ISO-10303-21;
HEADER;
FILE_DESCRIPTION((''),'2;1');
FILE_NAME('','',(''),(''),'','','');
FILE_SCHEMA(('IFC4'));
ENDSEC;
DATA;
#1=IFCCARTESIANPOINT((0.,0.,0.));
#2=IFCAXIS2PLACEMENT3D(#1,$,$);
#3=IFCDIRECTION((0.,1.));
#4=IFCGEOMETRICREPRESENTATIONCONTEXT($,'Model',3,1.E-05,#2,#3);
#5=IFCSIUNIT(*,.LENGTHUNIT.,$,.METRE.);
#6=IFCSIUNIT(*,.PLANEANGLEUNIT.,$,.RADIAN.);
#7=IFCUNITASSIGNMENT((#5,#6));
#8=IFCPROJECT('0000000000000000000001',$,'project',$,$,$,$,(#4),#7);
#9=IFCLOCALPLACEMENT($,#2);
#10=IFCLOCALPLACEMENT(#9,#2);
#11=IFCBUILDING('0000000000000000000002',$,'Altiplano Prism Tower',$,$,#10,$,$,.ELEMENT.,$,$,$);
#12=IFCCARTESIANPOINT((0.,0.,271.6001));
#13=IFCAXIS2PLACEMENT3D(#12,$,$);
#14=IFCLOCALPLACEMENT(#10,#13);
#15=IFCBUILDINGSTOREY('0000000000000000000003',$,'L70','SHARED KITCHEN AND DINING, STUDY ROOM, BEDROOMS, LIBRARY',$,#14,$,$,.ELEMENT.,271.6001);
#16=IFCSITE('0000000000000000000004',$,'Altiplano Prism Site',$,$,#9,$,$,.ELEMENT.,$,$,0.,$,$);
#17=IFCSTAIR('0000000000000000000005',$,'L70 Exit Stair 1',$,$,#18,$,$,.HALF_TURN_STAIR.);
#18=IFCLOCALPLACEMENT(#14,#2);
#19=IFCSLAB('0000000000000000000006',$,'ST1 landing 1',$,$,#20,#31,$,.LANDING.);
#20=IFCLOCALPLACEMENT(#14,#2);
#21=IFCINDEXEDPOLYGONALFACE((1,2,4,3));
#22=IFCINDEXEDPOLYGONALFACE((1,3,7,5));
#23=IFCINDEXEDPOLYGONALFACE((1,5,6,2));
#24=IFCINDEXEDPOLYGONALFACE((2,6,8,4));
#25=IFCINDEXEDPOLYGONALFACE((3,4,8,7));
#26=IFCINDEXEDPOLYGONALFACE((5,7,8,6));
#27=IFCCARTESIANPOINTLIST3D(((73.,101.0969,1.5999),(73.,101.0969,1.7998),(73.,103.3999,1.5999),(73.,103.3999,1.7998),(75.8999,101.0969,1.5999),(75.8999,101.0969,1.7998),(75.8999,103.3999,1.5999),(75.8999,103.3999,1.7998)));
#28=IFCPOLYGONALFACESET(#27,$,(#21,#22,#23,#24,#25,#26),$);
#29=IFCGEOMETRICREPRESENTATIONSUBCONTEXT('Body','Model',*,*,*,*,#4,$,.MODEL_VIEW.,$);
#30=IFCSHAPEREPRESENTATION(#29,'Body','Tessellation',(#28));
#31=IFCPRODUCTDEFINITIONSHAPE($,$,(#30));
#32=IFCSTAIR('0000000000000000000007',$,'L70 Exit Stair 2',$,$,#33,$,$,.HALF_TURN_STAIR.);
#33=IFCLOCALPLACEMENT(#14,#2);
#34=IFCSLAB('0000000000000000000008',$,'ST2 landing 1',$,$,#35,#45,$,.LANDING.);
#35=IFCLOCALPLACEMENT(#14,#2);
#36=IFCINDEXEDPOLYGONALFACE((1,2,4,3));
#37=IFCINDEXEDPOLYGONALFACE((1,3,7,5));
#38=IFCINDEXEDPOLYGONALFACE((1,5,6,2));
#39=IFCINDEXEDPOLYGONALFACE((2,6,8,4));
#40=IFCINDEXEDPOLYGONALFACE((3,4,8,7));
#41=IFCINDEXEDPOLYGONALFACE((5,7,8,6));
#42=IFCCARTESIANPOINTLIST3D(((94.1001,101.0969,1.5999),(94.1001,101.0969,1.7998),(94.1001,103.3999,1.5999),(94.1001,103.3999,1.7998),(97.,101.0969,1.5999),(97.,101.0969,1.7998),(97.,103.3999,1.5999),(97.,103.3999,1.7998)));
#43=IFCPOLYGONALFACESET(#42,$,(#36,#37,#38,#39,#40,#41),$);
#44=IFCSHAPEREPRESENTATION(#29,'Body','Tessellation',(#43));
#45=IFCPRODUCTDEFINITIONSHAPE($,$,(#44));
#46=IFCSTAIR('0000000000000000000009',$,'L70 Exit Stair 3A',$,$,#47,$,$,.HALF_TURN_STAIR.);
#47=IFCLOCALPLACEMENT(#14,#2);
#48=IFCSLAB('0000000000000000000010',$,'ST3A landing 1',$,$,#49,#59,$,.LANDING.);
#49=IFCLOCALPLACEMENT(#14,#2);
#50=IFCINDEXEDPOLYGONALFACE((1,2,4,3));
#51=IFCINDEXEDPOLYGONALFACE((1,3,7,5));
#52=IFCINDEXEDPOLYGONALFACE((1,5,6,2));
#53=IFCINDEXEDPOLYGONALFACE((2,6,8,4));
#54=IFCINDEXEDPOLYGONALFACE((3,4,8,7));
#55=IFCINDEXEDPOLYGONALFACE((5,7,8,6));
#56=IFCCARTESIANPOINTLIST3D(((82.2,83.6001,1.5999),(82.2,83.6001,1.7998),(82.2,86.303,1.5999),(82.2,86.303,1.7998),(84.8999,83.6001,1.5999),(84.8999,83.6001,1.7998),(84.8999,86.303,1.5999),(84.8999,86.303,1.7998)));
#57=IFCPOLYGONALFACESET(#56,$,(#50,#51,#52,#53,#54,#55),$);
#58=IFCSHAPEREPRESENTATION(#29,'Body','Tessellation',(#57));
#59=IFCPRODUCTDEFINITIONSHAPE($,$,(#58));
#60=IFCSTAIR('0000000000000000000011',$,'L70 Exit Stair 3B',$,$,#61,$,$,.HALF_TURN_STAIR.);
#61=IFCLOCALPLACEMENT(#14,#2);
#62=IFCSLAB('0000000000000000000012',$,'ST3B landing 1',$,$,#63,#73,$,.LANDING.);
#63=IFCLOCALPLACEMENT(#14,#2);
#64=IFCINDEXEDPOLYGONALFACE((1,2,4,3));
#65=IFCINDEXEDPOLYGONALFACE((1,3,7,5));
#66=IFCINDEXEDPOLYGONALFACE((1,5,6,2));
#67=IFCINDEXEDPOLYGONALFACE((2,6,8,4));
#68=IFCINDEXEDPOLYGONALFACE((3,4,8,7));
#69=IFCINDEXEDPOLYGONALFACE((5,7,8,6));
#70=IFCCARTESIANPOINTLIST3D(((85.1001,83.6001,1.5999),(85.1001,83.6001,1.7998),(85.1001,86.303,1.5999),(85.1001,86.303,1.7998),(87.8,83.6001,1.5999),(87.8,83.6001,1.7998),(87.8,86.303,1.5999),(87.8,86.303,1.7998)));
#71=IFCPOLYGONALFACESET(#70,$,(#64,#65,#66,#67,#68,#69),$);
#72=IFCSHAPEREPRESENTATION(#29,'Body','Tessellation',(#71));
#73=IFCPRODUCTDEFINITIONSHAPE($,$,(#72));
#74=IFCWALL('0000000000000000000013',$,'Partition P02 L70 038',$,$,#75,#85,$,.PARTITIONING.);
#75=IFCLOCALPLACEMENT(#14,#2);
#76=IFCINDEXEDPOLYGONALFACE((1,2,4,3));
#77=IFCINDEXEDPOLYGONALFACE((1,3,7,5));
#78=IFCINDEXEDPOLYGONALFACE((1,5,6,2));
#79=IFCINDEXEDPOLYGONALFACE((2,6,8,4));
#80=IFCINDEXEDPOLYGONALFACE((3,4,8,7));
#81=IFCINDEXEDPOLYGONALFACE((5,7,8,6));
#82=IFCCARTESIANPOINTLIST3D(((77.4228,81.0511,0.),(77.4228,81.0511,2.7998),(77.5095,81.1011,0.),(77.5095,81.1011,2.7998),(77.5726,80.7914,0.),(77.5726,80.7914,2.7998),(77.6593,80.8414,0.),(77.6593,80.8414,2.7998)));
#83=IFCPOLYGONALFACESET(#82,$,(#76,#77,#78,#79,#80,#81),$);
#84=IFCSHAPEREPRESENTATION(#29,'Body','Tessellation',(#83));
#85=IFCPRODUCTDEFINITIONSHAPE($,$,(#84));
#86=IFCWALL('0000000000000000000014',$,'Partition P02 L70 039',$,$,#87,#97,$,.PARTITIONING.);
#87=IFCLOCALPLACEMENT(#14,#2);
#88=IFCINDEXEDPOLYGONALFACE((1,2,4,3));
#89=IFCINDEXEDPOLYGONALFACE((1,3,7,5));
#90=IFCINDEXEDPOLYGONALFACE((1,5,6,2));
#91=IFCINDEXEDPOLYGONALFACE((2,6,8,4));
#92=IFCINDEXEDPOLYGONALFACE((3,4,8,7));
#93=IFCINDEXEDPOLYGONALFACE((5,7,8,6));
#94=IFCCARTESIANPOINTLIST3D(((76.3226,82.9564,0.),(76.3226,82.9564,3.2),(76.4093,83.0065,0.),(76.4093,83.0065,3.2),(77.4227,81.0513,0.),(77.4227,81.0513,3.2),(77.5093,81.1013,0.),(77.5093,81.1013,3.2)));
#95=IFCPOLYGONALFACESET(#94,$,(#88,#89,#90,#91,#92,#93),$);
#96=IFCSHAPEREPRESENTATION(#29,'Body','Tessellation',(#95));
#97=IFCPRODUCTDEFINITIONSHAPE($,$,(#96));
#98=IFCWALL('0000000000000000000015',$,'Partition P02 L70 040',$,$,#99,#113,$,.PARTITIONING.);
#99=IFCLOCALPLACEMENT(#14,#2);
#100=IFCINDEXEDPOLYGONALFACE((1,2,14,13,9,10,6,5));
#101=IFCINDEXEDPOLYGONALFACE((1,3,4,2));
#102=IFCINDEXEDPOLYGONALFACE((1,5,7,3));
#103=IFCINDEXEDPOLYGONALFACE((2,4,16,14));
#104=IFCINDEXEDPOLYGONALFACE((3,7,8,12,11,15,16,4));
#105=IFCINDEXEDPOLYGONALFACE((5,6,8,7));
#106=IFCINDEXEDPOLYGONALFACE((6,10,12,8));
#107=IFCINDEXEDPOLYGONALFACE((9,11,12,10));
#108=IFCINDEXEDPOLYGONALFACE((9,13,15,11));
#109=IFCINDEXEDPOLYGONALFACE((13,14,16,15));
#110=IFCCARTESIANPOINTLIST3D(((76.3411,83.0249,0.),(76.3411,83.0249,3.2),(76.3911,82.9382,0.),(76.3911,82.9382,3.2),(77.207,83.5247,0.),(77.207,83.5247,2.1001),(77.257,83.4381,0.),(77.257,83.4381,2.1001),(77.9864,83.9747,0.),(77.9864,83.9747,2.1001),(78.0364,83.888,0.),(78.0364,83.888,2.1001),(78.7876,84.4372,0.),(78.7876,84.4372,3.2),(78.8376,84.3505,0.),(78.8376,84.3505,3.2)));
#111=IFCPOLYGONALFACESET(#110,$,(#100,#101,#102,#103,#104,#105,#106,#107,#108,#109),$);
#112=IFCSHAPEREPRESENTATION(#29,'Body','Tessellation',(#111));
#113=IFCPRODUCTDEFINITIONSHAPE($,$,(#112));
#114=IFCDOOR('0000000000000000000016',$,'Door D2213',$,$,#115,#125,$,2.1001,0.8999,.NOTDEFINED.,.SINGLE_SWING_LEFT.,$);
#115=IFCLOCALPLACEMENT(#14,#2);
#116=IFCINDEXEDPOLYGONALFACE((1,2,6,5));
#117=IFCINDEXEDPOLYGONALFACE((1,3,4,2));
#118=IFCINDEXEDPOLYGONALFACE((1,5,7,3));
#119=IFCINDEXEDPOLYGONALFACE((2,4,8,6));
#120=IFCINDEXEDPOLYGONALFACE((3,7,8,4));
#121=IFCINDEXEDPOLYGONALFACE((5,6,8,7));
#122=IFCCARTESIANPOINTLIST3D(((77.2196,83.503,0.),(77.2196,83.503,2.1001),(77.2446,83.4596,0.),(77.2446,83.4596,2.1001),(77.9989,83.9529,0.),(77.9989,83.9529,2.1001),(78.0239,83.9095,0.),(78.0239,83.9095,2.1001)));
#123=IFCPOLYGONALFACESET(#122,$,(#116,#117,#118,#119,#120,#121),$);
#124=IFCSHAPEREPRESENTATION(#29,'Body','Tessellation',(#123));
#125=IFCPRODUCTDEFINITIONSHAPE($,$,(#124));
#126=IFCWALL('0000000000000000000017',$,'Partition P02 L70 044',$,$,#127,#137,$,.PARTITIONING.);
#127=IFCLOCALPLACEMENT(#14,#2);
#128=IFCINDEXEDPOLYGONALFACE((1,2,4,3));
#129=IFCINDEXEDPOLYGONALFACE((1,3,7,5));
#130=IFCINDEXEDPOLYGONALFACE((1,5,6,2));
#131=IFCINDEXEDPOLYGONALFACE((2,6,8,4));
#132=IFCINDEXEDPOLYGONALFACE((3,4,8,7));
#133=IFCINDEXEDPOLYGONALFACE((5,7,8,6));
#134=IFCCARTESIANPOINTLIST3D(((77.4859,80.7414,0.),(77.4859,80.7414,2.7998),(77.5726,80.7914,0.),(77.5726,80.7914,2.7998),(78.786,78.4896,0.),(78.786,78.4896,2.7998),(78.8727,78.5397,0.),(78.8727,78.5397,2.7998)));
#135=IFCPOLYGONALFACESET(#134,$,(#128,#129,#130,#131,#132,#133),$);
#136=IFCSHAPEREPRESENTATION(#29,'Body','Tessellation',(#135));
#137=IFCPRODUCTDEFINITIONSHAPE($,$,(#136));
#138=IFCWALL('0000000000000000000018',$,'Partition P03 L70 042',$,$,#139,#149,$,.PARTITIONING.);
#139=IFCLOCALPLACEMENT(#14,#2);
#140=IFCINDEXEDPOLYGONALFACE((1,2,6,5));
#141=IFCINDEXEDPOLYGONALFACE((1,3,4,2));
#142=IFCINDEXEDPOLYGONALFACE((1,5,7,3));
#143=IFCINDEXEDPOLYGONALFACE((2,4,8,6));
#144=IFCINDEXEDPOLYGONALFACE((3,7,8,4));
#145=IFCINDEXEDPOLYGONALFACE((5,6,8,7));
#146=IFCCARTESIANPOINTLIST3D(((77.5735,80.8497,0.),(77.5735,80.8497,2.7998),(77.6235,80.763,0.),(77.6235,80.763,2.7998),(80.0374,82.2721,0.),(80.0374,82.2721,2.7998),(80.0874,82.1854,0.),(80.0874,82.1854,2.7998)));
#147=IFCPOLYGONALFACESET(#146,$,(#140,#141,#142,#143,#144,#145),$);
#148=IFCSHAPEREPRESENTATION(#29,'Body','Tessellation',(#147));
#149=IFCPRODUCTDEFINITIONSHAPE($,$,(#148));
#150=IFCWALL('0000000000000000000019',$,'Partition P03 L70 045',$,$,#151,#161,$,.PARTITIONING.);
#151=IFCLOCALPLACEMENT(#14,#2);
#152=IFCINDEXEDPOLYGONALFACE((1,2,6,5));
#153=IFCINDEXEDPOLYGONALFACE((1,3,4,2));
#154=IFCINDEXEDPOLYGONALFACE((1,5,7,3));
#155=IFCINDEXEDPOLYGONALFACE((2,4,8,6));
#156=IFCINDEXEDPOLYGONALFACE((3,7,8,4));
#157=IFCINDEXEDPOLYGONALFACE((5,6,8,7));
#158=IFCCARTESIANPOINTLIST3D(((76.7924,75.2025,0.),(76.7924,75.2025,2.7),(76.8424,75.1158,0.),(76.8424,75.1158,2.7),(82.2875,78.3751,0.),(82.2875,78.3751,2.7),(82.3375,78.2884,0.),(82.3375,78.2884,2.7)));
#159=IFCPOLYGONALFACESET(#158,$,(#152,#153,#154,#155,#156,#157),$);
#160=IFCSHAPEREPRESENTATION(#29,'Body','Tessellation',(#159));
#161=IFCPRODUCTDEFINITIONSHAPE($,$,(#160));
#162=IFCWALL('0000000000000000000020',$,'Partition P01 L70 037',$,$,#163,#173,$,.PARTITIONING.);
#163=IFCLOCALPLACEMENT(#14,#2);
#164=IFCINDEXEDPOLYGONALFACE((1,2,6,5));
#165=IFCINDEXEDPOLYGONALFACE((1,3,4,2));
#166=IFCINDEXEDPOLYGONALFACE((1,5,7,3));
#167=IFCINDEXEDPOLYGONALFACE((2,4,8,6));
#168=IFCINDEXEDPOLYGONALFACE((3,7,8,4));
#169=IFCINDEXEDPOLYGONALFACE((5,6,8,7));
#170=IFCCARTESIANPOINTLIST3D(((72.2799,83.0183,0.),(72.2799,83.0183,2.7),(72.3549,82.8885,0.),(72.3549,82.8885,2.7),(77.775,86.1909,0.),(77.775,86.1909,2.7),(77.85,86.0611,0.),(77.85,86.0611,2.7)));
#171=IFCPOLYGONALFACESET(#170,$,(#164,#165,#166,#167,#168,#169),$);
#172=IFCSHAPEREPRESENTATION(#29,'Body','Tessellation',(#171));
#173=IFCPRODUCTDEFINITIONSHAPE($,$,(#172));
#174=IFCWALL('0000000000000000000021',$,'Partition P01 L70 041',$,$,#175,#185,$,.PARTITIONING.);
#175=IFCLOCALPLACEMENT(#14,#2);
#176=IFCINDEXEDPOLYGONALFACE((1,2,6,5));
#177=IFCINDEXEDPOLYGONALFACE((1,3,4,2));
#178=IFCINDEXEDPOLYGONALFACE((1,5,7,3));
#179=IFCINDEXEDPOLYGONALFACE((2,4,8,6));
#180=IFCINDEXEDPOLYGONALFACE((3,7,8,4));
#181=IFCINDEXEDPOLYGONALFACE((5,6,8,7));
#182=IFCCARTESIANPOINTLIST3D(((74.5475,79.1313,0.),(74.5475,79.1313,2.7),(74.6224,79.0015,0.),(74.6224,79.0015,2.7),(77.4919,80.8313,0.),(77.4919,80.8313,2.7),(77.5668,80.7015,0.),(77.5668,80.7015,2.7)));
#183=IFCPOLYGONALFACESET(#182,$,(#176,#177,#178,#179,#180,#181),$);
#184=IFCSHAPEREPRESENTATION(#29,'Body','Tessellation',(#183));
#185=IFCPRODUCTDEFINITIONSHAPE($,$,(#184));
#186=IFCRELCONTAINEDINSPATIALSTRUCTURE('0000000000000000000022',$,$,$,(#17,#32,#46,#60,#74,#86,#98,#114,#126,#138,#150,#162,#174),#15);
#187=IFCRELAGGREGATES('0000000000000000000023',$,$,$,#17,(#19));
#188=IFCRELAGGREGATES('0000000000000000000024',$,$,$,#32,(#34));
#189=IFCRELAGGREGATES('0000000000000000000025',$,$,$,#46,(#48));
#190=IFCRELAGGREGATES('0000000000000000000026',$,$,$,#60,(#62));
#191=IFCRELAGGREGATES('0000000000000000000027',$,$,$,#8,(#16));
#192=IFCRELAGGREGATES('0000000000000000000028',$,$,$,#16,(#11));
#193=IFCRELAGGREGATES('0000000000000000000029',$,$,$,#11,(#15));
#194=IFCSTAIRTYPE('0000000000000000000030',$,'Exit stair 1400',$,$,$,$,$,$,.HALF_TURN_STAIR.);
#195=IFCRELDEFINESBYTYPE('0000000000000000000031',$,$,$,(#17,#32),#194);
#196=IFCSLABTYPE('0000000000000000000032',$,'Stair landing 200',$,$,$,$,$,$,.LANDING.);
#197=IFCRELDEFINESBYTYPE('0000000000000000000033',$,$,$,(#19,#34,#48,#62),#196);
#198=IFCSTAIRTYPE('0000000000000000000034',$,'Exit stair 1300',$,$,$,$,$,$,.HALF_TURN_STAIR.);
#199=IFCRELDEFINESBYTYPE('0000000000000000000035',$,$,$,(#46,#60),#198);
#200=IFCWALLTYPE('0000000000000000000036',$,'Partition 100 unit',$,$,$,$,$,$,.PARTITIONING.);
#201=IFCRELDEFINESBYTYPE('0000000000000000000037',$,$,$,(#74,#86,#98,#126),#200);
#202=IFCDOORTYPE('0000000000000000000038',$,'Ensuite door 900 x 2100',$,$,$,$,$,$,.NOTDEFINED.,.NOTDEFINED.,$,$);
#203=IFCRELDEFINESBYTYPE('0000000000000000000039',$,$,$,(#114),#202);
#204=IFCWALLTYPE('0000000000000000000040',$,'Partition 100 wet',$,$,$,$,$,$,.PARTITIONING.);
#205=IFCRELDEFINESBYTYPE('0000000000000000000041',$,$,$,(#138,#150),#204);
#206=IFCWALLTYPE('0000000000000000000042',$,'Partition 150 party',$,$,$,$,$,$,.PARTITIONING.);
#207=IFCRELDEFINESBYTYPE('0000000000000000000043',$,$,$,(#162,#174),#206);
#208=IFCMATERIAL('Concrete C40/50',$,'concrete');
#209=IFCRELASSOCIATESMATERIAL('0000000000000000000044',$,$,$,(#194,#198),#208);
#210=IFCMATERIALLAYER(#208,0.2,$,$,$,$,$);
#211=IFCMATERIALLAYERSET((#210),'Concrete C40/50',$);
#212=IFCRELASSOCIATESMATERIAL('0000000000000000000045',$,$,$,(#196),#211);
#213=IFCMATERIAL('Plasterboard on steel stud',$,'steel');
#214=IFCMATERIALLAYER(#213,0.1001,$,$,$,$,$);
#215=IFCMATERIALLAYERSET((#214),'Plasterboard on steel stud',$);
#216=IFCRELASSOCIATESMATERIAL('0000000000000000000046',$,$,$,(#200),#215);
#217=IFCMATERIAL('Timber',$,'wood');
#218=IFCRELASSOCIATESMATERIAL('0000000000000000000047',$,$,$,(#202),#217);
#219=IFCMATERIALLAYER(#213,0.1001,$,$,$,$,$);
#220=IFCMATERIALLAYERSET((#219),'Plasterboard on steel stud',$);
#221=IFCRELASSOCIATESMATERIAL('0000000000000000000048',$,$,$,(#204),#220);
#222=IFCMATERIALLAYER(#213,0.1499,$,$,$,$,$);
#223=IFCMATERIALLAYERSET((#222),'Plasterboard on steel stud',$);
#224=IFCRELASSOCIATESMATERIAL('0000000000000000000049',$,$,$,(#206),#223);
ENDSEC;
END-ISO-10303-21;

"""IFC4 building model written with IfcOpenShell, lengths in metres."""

from ifc_helpers import new_model, si_unit, direction, frame, frame_2d, origin, place, context, subcontext, project, spatial, polyline, rectangle, outline, extrude, material, layer, layer_set, type_object, element, fill, aggregate, save


model = new_model("IFC4")

# Units and contexts
model_context = context("Model", 3, precision=1e-05, world=origin(), true_north=direction((0.0, 1.0)))
body_context = subcontext(model_context, "Body", "Model", "MODEL_VIEW")
ifc_project = project(units=[si_unit("LENGTHUNIT", "METRE"), si_unit("PLANEANGLEUNIT", "RADIAN")], contexts=[model_context])

# Site, building, storey
site_placement = place(None, origin())
site = spatial("IfcSite", under=ifc_project, at=site_placement, Name="Altiplano Prism Site", CompositionType="ELEMENT", RefElevation=0.0)
building_placement = place(site_placement, origin())
building = spatial("IfcBuilding", under=site, at=building_placement, Name="Altiplano Prism Tower", CompositionType="ELEMENT")
storey_placement = place(building_placement, frame((0.0, 0.0, 271.6001)))
storey = spatial("IfcBuildingStorey", under=building, at=storey_placement, Name="L70", Description="SHARED KITCHEN AND DINING, STUDY ROOM, BEDROOMS, LIBRARY", CompositionType="ELEMENT", Elevation=271.6001)

# Shared definitions
ifc_material_1 = material(Name="Concrete C40/50", Category="concrete")

# Stairs, slabs
stair_type_1 = type_object("IfcStairType", Name="Exit stair 1400", PredefinedType="HALF_TURN_STAIR", material=ifc_material_1)
stair_1_placement = place(storey_placement, origin())
stair_1 = element("IfcStair", 1, at=stair_1_placement, inside=storey, type_object=stair_type_1, Name="L70 Exit Stair 1", PredefinedType="HALF_TURN_STAIR")
ifc_layer_1 = layer(ifc_material_1, 0.2)
ifc_layer_set_1 = layer_set([ifc_layer_1], Name="Concrete C40/50")
slab_type_1 = type_object("IfcSlabType", Name="Stair landing 200", PredefinedType="LANDING", material=ifc_layer_set_1)
slab_1_placement = place(storey_placement, frame((0.0, 0.0, 1.5999)))
slab_1 = element("IfcSlab", 2, at=slab_1_placement, type_object=slab_type_1, Name="ST1 landing 1", PredefinedType="LANDING", context=body_context, shape_type="SweptSolid", body=[
    extrude(outline(polyline([(75.8999, 101.0969), (75.8999, 103.3999), (73.0, 103.3999), (73.0, 101.0969), (75.8999, 101.0969)])), origin(), (0.0, 0.0, 1.0), 0.2),
])
aggregate(stair_1, [slab_1])
stair_2_placement = place(storey_placement, origin())
stair_2 = element("IfcStair", 3, at=stair_2_placement, inside=storey, type_object=stair_type_1, Name="L70 Exit Stair 2", PredefinedType="HALF_TURN_STAIR")
slab_2_placement = place(storey_placement, frame((0.0, 0.0, 1.5999)))
slab_2 = element("IfcSlab", 4, at=slab_2_placement, type_object=slab_type_1, Name="ST2 landing 1", PredefinedType="LANDING", context=body_context, shape_type="SweptSolid", body=[
    extrude(outline(polyline([(97.0, 101.0969), (97.0, 103.3999), (94.1001, 103.3999), (94.1001, 101.0969), (97.0, 101.0969)])), origin(), (0.0, 0.0, 1.0), 0.2),
])
aggregate(stair_2, [slab_2])
stair_type_2 = type_object("IfcStairType", Name="Exit stair 1300", PredefinedType="HALF_TURN_STAIR", material=ifc_material_1)
stair_3_placement = place(storey_placement, origin())
stair_3 = element("IfcStair", 5, at=stair_3_placement, inside=storey, type_object=stair_type_2, Name="L70 Exit Stair 3A", PredefinedType="HALF_TURN_STAIR")
slab_3_placement = place(storey_placement, frame((0.0, 0.0, 1.5999)))
slab_3 = element("IfcSlab", 6, at=slab_3_placement, type_object=slab_type_1, Name="ST3A landing 1", PredefinedType="LANDING", context=body_context, shape_type="SweptSolid", body=[
    extrude(outline(polyline([(82.2, 86.303), (82.2, 83.6001), (84.8999, 83.6001), (84.8999, 86.303), (82.2, 86.303)])), origin(), (0.0, 0.0, 1.0), 0.2),
])
aggregate(stair_3, [slab_3])
stair_4_placement = place(storey_placement, origin())
stair_4 = element("IfcStair", 7, at=stair_4_placement, inside=storey, type_object=stair_type_2, Name="L70 Exit Stair 3B", PredefinedType="HALF_TURN_STAIR")
slab_4_placement = place(storey_placement, frame((0.0, 0.0, 1.5999)))
slab_4 = element("IfcSlab", 8, at=slab_4_placement, type_object=slab_type_1, Name="ST3B landing 1", PredefinedType="LANDING", context=body_context, shape_type="SweptSolid", body=[
    extrude(outline(polyline([(85.1001, 86.303), (85.1001, 83.6001), (87.8, 83.6001), (87.8, 86.303), (85.1001, 86.303)])), origin(), (0.0, 0.0, 1.0), 0.2),
])
aggregate(stair_4, [slab_4])

# Walls
ifc_material_2 = material(Name="Plasterboard on steel stud", Category="steel")
ifc_layer_2 = layer(ifc_material_2, 0.1001)
ifc_layer_set_2 = layer_set([ifc_layer_2], Name="Plasterboard on steel stud")
wall_type_1 = type_object("IfcWallType", Name="Partition 100 unit", PredefinedType="PARTITIONING", material=ifc_layer_set_2)
wall_1_placement = place(storey_placement, frame((77.616, 80.8164, 0.0), z_axis=(0.0, 0.0, 1.0), x_axis=(-0.499816, 0.866131, 0.0)))
element("IfcWall", 9, at=wall_1_placement, inside=storey, type_object=wall_type_1, Name="Partition P02 L70 038", PredefinedType="PARTITIONING", context=body_context, shape_type="SweptSolid", body=[
    extrude(rectangle(XDim=0.2998, YDim=0.1001, at=frame_2d((0.1499, 0.0))), origin(), (0.0, 0.0, 1.0), 2.7998),
])
wall_2_placement = place(storey_placement, frame((77.4661, 81.0762, 0.0), z_axis=(0.0, 0.0, 1.0), x_axis=(-0.50003, 0.866008, 0.0)))
element("IfcWall", 10, at=wall_2_placement, inside=storey, type_object=wall_type_1, Name="Partition P02 L70 039", PredefinedType="PARTITIONING", context=body_context, shape_type="SweptSolid", body=[
    extrude(rectangle(XDim=2.2, YDim=0.1001, at=frame_2d((1.1001, 0.0))), origin(), (0.0, 0.0, 1.0), 3.2),
])

# Wall, opening, door
wall_3_placement = place(storey_placement, frame((76.366, 82.9814, 0.0), z_axis=(0.0, 0.0, 1.0), x_axis=(0.866049, 0.499959, 0.0)))
wall_3 = element("IfcWall", 11, at=wall_3_placement, inside=storey, type_object=wall_type_1, Name="Partition P02 L70 040", PredefinedType="PARTITIONING", context=body_context, shape_type="SweptSolid", body=[
    extrude(rectangle(XDim=2.825, YDim=0.1001, at=frame_2d((1.4126, 0.0))), origin(), (0.0, 0.0, 1.0), 3.2),
])
opening_placement = place(wall_3_placement, frame((1.0, 0.0, 0.0)))
opening = element("IfcOpeningElement", 12, at=opening_placement, cuts=wall_3, PredefinedType="OPENING", context=body_context, shape_type="SweptSolid", body=[
    extrude(rectangle(XDim=0.8999, YDim=2.1001, at=frame_2d((0.45, 1.05))), frame((0.0, 0.0605, 0.0), z_axis=(0.0, -1.0, 0.0), x_axis=(1.0, 0.0, 0.0)), (0.0, 0.0, 1.0), 0.1211),
])
ifc_material_3 = material(Name="Timber", Category="wood")
door_type = type_object("IfcDoorType", Name="Ensuite door 900 x 2100", OperationType="NOTDEFINED", PredefinedType="NOTDEFINED", material=ifc_material_3)
door_placement = place(opening_placement, origin())
door = element("IfcDoor", 13, at=door_placement, inside=storey, type_object=door_type, Name="Door D2213", OperationType="SINGLE_SWING_LEFT", OverallHeight=2.1001, OverallWidth=0.8999, PredefinedType="NOTDEFINED", context=body_context, shape_type="SweptSolid", body=[
    extrude(rectangle(XDim=0.8999, YDim=2.1001, at=frame_2d((0.45, 1.05))), frame((0.0, 0.0249, 0.0), z_axis=(0.0, -1.0, 0.0), x_axis=(1.0, 0.0, 0.0)), (0.0, 0.0, 1.0), 0.05),
])
fill(opening, door)

# Walls
wall_4_placement = place(storey_placement, frame((78.8293, 78.5146, 0.0), z_axis=(0.0, 0.0, 1.0), x_axis=(-0.500007, 0.866021, 0.0)))
element("IfcWall", 14, at=wall_4_placement, inside=storey, type_object=wall_type_1, Name="Partition P02 L70 044", PredefinedType="PARTITIONING", context=body_context, shape_type="SweptSolid", body=[
    extrude(rectangle(XDim=2.6001, YDim=0.1001, at=frame_2d((1.3, 0.0))), origin(), (0.0, 0.0, 1.0), 2.7998),
])
ifc_layer_3 = layer(ifc_material_2, 0.1001)
ifc_layer_set_3 = layer_set([ifc_layer_3], Name="Plasterboard on steel stud")
wall_type_2 = type_object("IfcWallType", Name="Partition 100 wet", PredefinedType="PARTITIONING", material=ifc_layer_set_3)
wall_5_placement = place(storey_placement, frame((77.5986, 80.8064, 0.0), z_axis=(0.0, 0.0, 1.0), x_axis=(0.866048, 0.49996, 0.0)))
element("IfcWall", 15, at=wall_5_placement, inside=storey, type_object=wall_type_2, Name="Partition P03 L70 042", PredefinedType="PARTITIONING", context=body_context, shape_type="SweptSolid", body=[
    extrude(rectangle(XDim=2.845, YDim=0.1001, at=frame_2d((1.4224, 0.0))), origin(), (0.0, 0.0, 1.0), 2.7998),
])
wall_6_placement = place(storey_placement, frame((76.8174, 75.1592, 0.0), z_axis=(0.0, 0.0, 1.0), x_axis=(0.866025, 0.5, 0.0)))
element("IfcWall", 16, at=wall_6_placement, inside=storey, type_object=wall_type_2, Name="Partition P03 L70 045", PredefinedType="PARTITIONING", context=body_context, shape_type="SweptSolid", body=[
    extrude(rectangle(XDim=6.3452, YDim=0.1001, at=frame_2d((3.1726, 0.0))), origin(), (0.0, 0.0, 1.0), 2.7),
])
ifc_layer_4 = layer(ifc_material_2, 0.1499)
ifc_layer_set_4 = layer_set([ifc_layer_4], Name="Plasterboard on steel stud")
wall_type_3 = type_object("IfcWallType", Name="Partition 150 party", PredefinedType="PARTITIONING", material=ifc_layer_set_4)
wall_7_placement = place(storey_placement, frame((72.3174, 82.9534, 0.0), z_axis=(0.0, 0.0, 1.0), x_axis=(0.866025, 0.5, 0.0)))
element("IfcWall", 17, at=wall_7_placement, inside=storey, type_object=wall_type_3, Name="Partition P01 L70 037", PredefinedType="PARTITIONING", context=body_context, shape_type="SweptSolid", body=[
    extrude(rectangle(XDim=6.3452, YDim=0.1499, at=frame_2d((3.1726, 0.0))), origin(), (0.0, 0.0, 1.0), 2.7),
])
wall_8_placement = place(storey_placement, frame((74.585, 79.0664, 0.0), z_axis=(0.0, 0.0, 1.0), x_axis=(0.866021, 0.500008, 0.0)))
element("IfcWall", 18, at=wall_8_placement, inside=storey, type_object=wall_type_3, Name="Partition P01 L70 041", PredefinedType="PARTITIONING", context=body_context, shape_type="SweptSolid", body=[
    extrude(rectangle(XDim=3.3999, YDim=0.1499, at=frame_2d((1.7, 0.0))), origin(), (0.0, 0.0, 1.0), 2.7),
])

save(model, "model.ifc")
